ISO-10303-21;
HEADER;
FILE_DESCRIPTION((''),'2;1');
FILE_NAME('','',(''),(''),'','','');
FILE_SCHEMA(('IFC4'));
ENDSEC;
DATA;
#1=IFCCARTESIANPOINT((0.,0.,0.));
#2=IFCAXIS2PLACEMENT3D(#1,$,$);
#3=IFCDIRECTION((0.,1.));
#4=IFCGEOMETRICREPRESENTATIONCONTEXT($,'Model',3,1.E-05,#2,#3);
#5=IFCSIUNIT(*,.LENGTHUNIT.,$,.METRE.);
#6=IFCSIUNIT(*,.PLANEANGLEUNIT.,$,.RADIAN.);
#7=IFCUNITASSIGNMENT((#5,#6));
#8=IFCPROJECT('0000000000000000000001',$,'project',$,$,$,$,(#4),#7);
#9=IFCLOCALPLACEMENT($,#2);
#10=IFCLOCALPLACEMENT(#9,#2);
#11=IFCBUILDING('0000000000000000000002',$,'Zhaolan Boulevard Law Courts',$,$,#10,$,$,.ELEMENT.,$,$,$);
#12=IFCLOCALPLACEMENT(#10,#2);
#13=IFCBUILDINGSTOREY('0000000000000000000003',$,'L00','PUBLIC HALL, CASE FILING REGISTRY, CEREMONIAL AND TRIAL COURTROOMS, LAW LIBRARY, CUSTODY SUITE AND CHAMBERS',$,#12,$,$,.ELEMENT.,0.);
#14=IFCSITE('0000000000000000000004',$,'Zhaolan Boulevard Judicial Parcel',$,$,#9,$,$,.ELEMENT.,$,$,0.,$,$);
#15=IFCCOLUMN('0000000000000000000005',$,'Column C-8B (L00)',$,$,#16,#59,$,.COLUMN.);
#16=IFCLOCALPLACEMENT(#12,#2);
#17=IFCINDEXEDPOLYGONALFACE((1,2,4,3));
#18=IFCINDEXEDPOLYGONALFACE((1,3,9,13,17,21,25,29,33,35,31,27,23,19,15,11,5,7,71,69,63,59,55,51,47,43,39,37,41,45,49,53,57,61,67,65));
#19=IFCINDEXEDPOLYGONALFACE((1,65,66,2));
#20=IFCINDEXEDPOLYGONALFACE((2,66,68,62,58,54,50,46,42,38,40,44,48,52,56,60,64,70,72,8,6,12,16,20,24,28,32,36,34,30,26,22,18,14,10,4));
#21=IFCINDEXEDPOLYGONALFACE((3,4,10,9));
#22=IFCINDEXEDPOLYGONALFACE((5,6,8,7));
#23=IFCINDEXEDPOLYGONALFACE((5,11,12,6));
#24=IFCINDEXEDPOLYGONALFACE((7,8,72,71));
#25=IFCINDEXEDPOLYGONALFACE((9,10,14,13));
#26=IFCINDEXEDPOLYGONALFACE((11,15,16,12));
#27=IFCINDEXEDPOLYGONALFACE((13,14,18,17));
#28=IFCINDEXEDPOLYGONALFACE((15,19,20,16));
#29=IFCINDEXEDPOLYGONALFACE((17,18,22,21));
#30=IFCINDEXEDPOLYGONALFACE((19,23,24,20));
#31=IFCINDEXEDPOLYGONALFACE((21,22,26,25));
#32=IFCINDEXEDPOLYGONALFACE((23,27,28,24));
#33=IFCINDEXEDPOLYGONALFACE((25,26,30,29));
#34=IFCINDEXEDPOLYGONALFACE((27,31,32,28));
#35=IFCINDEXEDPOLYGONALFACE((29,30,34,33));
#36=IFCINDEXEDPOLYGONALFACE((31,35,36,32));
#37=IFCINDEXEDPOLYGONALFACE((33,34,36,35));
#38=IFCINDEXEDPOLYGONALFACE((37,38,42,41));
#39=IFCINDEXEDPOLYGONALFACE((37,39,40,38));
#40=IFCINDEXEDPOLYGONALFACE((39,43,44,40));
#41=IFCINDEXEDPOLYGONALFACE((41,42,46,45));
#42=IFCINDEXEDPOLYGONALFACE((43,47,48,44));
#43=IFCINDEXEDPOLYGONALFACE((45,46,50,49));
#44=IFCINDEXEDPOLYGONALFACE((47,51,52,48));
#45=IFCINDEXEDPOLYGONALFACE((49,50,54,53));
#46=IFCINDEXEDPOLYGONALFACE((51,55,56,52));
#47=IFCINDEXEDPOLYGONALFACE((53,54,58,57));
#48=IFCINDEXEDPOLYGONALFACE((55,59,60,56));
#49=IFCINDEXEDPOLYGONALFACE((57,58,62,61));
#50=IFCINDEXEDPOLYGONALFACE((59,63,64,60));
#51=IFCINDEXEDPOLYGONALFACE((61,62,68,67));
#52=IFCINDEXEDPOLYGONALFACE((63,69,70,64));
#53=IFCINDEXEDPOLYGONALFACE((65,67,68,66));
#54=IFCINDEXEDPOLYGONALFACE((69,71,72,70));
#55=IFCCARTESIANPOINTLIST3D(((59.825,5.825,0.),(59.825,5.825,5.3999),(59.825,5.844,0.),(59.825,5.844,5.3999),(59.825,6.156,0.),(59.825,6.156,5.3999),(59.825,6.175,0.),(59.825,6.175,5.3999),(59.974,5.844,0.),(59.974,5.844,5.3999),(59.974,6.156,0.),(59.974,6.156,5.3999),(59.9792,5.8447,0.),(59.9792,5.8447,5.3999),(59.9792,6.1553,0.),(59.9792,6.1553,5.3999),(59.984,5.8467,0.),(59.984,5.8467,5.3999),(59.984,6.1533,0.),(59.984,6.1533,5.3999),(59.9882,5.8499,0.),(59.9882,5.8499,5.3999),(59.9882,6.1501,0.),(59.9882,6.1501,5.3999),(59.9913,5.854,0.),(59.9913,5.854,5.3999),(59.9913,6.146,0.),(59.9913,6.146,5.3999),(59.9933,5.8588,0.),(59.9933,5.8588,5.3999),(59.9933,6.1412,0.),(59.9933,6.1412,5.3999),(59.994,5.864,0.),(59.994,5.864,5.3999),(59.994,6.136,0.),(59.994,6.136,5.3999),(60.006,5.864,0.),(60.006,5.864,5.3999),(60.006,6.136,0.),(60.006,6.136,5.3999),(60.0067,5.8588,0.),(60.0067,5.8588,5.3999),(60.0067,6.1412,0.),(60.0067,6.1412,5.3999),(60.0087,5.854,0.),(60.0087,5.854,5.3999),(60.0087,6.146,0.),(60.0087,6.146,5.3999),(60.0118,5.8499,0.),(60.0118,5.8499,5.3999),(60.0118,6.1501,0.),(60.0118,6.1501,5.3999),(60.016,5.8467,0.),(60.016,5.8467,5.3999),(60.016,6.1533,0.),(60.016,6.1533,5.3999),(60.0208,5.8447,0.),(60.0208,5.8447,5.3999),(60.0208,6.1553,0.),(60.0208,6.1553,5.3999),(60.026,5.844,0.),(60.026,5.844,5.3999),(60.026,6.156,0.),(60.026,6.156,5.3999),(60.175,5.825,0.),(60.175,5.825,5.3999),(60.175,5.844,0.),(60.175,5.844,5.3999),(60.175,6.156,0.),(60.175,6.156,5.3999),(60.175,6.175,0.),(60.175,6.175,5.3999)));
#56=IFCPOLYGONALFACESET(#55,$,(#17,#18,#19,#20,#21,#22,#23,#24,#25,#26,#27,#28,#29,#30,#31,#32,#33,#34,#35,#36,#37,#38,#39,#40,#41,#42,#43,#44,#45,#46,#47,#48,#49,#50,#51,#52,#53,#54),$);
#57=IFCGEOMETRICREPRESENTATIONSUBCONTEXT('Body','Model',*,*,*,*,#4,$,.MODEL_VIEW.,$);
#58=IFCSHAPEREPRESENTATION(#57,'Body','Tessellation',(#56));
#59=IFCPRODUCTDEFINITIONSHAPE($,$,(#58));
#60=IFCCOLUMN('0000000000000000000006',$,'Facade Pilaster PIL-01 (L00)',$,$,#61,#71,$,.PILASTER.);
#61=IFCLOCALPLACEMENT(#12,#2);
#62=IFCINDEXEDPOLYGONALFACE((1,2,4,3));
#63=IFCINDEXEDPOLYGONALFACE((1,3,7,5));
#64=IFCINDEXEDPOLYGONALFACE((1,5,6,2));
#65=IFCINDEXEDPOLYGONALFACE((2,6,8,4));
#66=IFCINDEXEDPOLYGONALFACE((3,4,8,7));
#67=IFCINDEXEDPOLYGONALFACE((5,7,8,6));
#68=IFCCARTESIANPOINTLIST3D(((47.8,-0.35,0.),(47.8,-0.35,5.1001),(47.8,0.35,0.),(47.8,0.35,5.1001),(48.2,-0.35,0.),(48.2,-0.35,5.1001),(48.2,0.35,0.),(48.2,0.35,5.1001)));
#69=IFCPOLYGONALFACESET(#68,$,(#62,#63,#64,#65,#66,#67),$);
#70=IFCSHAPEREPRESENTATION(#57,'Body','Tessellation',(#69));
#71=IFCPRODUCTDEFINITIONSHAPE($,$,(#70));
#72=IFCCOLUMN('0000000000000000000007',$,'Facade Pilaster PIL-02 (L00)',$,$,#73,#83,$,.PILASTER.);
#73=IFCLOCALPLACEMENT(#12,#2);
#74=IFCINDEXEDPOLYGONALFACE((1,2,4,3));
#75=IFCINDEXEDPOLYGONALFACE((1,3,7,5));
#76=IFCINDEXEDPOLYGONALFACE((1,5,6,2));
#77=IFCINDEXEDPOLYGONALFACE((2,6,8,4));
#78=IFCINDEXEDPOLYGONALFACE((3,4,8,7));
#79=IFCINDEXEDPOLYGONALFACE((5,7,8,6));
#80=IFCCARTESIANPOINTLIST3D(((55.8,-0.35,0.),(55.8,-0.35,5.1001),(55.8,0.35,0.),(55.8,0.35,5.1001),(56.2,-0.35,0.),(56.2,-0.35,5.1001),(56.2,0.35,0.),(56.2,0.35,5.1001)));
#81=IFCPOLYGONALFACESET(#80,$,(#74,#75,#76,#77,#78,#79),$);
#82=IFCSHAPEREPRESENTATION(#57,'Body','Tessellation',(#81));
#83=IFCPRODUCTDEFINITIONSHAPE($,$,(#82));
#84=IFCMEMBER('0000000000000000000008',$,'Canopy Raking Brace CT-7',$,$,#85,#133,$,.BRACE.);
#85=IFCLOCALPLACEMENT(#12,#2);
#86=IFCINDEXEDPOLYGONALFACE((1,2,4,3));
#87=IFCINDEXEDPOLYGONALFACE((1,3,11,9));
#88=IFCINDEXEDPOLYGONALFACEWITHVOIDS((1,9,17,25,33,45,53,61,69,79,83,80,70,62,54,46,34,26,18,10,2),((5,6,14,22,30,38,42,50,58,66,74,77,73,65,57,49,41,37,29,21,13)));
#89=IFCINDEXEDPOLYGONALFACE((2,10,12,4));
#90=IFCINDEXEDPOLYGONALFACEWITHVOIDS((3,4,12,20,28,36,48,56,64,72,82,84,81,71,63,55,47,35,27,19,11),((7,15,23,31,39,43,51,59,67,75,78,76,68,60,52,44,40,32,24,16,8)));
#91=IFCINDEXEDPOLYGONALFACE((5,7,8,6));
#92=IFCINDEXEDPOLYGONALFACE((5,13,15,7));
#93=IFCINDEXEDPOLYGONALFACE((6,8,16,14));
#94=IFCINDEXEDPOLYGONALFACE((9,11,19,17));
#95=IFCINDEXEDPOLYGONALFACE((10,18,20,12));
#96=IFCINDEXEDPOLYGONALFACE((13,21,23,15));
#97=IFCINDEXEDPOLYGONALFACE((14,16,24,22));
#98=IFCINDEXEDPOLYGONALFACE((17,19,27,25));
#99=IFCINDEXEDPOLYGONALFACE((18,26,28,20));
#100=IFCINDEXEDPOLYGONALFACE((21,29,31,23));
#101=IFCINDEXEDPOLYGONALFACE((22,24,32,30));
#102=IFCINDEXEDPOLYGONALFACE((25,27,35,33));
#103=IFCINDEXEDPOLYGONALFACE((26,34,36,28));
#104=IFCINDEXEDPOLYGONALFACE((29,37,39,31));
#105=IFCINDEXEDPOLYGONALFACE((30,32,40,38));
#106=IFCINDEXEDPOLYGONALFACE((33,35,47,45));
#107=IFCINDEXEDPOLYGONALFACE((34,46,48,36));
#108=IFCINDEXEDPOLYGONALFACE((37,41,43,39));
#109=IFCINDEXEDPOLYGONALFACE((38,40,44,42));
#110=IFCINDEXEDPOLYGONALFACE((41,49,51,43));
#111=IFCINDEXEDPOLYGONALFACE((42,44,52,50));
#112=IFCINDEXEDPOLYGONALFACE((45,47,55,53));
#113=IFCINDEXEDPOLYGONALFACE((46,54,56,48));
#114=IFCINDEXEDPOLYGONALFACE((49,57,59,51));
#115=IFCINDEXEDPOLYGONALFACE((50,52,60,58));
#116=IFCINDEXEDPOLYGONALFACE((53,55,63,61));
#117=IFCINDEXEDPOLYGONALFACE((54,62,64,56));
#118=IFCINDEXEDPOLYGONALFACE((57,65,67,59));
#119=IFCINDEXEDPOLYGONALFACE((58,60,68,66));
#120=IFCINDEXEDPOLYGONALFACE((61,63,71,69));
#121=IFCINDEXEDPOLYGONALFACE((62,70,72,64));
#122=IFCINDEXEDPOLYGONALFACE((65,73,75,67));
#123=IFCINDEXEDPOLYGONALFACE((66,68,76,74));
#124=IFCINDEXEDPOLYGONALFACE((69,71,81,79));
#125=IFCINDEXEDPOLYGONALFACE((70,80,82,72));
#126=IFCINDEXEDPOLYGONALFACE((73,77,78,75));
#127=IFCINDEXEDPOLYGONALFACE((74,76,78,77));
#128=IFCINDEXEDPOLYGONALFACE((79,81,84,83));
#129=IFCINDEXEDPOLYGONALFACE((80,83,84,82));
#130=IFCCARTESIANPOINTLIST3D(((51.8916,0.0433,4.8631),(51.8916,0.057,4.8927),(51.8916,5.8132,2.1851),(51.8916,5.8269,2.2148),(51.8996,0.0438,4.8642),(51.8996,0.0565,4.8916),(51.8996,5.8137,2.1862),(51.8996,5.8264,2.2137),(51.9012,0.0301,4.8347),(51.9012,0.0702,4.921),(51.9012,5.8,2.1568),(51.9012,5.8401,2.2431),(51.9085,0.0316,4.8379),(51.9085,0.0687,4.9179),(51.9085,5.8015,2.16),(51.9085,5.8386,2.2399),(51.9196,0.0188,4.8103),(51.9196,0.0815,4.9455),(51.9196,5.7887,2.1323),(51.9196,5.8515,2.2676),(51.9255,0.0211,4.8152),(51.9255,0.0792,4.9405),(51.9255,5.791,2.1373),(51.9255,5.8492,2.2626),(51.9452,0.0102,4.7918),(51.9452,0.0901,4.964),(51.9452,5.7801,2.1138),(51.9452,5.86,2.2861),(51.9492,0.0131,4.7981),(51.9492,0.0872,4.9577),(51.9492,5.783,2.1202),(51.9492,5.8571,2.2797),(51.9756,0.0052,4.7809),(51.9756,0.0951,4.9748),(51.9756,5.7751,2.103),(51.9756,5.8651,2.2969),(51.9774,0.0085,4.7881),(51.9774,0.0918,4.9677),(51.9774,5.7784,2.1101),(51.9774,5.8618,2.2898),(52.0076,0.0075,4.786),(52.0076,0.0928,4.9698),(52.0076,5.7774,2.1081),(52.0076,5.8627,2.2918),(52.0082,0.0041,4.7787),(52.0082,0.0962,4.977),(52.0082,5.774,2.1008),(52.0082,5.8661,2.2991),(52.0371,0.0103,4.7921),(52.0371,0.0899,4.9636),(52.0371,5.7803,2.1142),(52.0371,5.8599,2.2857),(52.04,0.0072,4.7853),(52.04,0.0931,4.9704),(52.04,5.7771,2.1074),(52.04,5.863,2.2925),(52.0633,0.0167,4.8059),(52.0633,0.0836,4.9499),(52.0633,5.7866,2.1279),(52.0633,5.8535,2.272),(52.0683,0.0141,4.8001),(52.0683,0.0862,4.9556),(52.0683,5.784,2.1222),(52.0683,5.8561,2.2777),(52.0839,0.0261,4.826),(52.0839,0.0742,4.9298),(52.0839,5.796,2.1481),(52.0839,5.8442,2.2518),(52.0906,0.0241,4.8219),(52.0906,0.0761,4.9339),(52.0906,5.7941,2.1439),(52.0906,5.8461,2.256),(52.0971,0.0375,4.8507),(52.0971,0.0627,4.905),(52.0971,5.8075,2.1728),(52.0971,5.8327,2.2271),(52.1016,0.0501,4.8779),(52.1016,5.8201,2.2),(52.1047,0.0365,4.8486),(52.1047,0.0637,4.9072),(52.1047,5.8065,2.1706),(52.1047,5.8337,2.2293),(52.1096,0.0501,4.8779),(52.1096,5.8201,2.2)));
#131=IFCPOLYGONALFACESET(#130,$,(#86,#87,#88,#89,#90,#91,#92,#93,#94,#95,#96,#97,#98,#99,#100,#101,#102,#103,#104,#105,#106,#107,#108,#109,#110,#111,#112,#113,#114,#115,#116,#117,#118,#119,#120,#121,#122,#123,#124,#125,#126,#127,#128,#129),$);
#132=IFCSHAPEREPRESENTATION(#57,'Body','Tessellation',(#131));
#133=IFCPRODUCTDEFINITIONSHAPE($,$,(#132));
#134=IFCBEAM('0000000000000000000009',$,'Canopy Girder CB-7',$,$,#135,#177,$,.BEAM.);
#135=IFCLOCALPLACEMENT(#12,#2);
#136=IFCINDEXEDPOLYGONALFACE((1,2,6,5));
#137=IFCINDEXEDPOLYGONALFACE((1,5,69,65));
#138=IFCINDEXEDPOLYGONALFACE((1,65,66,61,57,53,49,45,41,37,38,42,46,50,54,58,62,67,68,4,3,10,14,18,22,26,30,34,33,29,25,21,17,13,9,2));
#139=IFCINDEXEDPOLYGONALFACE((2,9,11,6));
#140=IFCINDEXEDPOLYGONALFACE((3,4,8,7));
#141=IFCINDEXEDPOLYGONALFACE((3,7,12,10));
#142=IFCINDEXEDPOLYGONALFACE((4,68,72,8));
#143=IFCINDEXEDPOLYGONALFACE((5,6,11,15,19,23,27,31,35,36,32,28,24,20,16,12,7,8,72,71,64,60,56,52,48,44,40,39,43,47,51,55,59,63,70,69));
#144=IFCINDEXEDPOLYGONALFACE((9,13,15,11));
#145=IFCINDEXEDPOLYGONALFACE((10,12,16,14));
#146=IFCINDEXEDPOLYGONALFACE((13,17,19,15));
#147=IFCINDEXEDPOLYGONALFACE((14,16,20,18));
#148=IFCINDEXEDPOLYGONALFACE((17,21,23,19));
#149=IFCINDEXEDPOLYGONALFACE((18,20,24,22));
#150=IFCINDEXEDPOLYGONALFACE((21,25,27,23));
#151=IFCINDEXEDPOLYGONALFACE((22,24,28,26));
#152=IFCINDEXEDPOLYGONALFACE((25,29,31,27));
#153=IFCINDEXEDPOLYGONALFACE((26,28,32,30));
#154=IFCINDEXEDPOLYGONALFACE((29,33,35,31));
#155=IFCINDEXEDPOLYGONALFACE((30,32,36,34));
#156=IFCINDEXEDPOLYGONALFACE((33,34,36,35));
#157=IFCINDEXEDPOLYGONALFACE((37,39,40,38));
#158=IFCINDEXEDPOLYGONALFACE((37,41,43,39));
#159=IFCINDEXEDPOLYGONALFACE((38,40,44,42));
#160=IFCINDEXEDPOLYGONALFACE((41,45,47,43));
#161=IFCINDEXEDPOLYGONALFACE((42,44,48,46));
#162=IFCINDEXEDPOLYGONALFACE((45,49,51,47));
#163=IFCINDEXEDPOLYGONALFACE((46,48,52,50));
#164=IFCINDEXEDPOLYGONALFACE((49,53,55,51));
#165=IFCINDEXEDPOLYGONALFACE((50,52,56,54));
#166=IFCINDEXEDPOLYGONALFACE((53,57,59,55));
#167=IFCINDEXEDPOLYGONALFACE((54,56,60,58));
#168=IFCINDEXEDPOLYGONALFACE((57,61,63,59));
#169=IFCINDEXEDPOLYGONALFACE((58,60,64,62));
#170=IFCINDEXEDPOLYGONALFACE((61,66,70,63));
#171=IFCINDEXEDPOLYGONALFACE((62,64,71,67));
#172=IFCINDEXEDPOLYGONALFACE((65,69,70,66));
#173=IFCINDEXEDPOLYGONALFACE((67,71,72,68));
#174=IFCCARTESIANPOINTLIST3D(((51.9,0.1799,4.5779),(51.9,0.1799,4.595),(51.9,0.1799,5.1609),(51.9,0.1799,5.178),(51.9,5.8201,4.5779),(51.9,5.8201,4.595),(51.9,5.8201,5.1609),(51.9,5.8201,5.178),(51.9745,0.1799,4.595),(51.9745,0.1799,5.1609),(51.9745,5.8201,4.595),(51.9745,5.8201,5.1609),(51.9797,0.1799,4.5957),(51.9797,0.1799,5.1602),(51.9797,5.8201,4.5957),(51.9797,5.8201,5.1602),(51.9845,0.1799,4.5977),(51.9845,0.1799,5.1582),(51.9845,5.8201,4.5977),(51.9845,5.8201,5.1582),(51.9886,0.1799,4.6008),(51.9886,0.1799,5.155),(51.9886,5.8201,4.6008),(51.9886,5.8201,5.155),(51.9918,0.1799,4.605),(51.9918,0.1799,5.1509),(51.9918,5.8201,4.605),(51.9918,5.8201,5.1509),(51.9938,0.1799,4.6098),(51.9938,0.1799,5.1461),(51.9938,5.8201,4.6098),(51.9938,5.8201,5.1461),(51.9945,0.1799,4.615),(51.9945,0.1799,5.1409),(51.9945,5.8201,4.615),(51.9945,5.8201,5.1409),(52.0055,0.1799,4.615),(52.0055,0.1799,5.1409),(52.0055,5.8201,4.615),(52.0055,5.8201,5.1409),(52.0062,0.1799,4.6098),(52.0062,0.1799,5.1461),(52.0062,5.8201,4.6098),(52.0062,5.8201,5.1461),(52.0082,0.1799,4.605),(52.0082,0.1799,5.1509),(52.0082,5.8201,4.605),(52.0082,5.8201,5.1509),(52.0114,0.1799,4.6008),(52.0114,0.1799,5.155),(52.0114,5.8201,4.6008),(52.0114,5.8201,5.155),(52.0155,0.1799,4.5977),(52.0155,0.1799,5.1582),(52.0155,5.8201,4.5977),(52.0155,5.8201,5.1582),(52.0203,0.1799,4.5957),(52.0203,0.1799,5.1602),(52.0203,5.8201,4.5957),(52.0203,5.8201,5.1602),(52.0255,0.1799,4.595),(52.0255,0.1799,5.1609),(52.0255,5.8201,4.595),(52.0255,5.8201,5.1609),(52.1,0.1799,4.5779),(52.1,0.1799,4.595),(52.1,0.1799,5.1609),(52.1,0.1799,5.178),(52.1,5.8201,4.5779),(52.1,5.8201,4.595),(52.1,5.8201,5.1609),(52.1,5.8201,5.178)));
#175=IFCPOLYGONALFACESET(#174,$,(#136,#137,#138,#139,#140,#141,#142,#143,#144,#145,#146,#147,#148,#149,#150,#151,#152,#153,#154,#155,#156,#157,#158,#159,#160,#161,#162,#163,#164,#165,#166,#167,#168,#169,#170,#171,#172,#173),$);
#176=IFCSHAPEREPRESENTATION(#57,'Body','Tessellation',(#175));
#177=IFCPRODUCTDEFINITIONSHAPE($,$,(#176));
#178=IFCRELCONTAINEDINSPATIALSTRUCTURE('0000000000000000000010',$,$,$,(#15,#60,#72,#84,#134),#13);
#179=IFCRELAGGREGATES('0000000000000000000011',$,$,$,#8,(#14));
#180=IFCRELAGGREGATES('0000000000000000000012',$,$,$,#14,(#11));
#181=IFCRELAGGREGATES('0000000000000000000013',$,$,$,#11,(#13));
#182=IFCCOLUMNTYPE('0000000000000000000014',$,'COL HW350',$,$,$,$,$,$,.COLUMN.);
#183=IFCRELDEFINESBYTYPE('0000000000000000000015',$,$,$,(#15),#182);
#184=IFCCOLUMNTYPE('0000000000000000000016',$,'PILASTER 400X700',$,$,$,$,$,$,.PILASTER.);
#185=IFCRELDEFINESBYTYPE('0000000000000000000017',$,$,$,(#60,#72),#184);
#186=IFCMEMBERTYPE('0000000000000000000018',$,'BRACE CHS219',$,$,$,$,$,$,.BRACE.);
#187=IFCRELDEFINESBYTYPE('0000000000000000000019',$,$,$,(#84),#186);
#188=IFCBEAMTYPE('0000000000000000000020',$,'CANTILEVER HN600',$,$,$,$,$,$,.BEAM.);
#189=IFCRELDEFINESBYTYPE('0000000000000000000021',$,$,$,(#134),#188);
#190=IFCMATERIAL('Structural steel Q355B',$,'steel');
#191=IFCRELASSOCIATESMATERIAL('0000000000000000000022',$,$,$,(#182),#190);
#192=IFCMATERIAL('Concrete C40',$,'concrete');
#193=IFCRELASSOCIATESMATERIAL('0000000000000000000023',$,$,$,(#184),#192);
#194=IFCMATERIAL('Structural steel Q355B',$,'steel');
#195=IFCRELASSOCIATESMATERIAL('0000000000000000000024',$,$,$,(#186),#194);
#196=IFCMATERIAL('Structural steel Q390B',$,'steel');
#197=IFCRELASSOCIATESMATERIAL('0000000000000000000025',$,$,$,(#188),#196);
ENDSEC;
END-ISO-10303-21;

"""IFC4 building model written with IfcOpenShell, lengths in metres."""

from ifc_helpers import new_model, si_unit, direction, frame, origin, origin_2d, place, context, subcontext, project, spatial, rectangle, hollow_circle, i_section, extrude, material, material_profile, profile_set, type_object, element, save


model = new_model("IFC4")

# Units and contexts
model_context = context("Model", 3, precision=1e-05, world=origin(), true_north=direction((0.0, 1.0)))
body_context = subcontext(model_context, "Body", "Model", "MODEL_VIEW")
ifc_project = project(units=[si_unit("LENGTHUNIT", "METRE"), si_unit("PLANEANGLEUNIT", "RADIAN")], contexts=[model_context])

# Site, building, storey
site_placement = place(None, origin())
site = spatial("IfcSite", under=ifc_project, at=site_placement, Name="Zhaolan Boulevard Judicial Parcel", CompositionType="ELEMENT", RefElevation=0.0)
building_placement = place(site_placement, origin())
building = spatial("IfcBuilding", under=site, at=building_placement, Name="Zhaolan Boulevard Law Courts", CompositionType="ELEMENT")
storey_placement = place(building_placement, origin())
storey = spatial("IfcBuildingStorey", under=building, at=storey_placement, Name="L00", Description="PUBLIC HALL, CASE FILING REGISTRY, CEREMONIAL AND TRIAL COURTROOMS, LAW LIBRARY, CUSTODY SUITE AND CHAMBERS", CompositionType="ELEMENT", Elevation=0.0)

# Columns
ifc_material_1 = material(Name="Structural steel Q355B", Category="steel")
ifc_material_profile_1 = material_profile(ifc_material_1, i_section(OverallWidth=0.3501, OverallDepth=0.3501, WebThickness=0.012, FlangeThickness=0.019, FilletRadius=0.02, at=origin_2d()), Name="HW350x350")
ifc_profile_set_1 = profile_set([ifc_material_profile_1], Name="Structural steel Q355B")
column_type_1 = type_object("IfcColumnType", Name="COL HW350", PredefinedType="COLUMN", material=ifc_profile_set_1)
column_1_placement = place(storey_placement, frame((60.0, 6.0, 0.0), z_axis=(0.0, 0.0, 1.0), x_axis=(1.0, 0.0, 0.0)))
element("IfcColumn", 1, at=column_1_placement, inside=storey, type_object=column_type_1, Name="Column C-8B (L00)", PredefinedType="COLUMN", context=body_context, shape_type="SweptSolid", body=[
    extrude(i_section(OverallWidth=0.3501, OverallDepth=0.3501, WebThickness=0.012, FlangeThickness=0.019, FilletRadius=0.02, at=origin_2d()), origin(), (0.0, 0.0, 1.0), 5.3999),
])
ifc_material_2 = material(Name="Concrete C40", Category="concrete")
ifc_material_profile_2 = material_profile(ifc_material_2, rectangle(XDim=0.3999, YDim=0.7, at=origin_2d()), Name="RC400x700")
ifc_profile_set_2 = profile_set([ifc_material_profile_2], Name="Concrete C40")
column_type_2 = type_object("IfcColumnType", Name="PILASTER 400X700", PredefinedType="PILASTER", material=ifc_profile_set_2)
for number, where, z_axis, x_axis, name in (
    (2, (48.0, 0.0, 0.0), (0.0, 0.0, 1.0), (1.0, 0.0, 0.0), "Facade Pilaster PIL-01 (L00)"),
    (3, (56.0, 0.0, 0.0), (0.0, 0.0, 1.0), (1.0, 0.0, 0.0), "Facade Pilaster PIL-02 (L00)"),
):
    element("IfcColumn", number, at=place(storey_placement, frame(where, z_axis=z_axis, x_axis=x_axis)), inside=storey, type_object=column_type_2, Name=name, PredefinedType="PILASTER", context=body_context, shape_type="SweptSolid", body=[
        extrude(rectangle(XDim=0.3999, YDim=0.7, at=origin_2d()), origin(), (0.0, 0.0, 1.0), 5.1001),
    ])

# Member
ifc_material_3 = material(Name="Structural steel Q355B", Category="steel")
ifc_material_profile_3 = material_profile(ifc_material_3, hollow_circle(Radius=0.1096, WallThickness=0.0081, at=origin_2d()), Name="CHS219x8")
ifc_profile_set_3 = profile_set([ifc_material_profile_3], Name="Structural steel Q355B")
member_type = type_object("IfcMemberType", Name="BRACE CHS219", PredefinedType="BRACE", material=ifc_profile_set_3)
member_placement = place(storey_placement, frame((52.0, 5.8201, 2.2), z_axis=(0.0, -0.907067, 0.420987), x_axis=(1.0, 0.0, 0.0)))
element("IfcMember", 4, at=member_placement, inside=storey, type_object=member_type, Name="Canopy Raking Brace CT-7", PredefinedType="BRACE", context=body_context, shape_type="SweptSolid", body=[
    extrude(hollow_circle(Radius=0.1096, WallThickness=0.0081, at=origin_2d()), origin(), (0.0, 0.0, 1.0), 6.3611),
])

# Beam
ifc_material_4 = material(Name="Structural steel Q390B", Category="steel")
ifc_material_profile_4 = material_profile(ifc_material_4, i_section(OverallWidth=0.2, OverallDepth=0.6001, WebThickness=0.011, FlangeThickness=0.0171, FilletRadius=0.02, at=origin_2d()), Name="HN600x200")
ifc_profile_set_4 = profile_set([ifc_material_profile_4], Name="Structural steel Q390B")
beam_type_1 = type_object("IfcBeamType", Name="CANTILEVER HN600", PredefinedType="BEAM", material=ifc_profile_set_4)
for number, where, z_axis, x_axis, name in (
    (5, (52.0, 0.1799, 4.8779), (0.0, 1.0, 0.0), (-1.0, 0.0, 0.0), "Canopy Girder CB-7"),
):
    element("IfcBeam", number, at=place(storey_placement, frame(where, z_axis=z_axis, x_axis=x_axis)), inside=storey, type_object=beam_type_1, Name=name, PredefinedType="BEAM", context=body_context, shape_type="SweptSolid", body=[
        extrude(i_section(OverallWidth=0.2, OverallDepth=0.6001, WebThickness=0.011, FlangeThickness=0.0171, FilletRadius=0.02, at=origin_2d()), origin(), (0.0, 0.0, 1.0), 5.6401),
    ])

save(model, "model.ifc")
